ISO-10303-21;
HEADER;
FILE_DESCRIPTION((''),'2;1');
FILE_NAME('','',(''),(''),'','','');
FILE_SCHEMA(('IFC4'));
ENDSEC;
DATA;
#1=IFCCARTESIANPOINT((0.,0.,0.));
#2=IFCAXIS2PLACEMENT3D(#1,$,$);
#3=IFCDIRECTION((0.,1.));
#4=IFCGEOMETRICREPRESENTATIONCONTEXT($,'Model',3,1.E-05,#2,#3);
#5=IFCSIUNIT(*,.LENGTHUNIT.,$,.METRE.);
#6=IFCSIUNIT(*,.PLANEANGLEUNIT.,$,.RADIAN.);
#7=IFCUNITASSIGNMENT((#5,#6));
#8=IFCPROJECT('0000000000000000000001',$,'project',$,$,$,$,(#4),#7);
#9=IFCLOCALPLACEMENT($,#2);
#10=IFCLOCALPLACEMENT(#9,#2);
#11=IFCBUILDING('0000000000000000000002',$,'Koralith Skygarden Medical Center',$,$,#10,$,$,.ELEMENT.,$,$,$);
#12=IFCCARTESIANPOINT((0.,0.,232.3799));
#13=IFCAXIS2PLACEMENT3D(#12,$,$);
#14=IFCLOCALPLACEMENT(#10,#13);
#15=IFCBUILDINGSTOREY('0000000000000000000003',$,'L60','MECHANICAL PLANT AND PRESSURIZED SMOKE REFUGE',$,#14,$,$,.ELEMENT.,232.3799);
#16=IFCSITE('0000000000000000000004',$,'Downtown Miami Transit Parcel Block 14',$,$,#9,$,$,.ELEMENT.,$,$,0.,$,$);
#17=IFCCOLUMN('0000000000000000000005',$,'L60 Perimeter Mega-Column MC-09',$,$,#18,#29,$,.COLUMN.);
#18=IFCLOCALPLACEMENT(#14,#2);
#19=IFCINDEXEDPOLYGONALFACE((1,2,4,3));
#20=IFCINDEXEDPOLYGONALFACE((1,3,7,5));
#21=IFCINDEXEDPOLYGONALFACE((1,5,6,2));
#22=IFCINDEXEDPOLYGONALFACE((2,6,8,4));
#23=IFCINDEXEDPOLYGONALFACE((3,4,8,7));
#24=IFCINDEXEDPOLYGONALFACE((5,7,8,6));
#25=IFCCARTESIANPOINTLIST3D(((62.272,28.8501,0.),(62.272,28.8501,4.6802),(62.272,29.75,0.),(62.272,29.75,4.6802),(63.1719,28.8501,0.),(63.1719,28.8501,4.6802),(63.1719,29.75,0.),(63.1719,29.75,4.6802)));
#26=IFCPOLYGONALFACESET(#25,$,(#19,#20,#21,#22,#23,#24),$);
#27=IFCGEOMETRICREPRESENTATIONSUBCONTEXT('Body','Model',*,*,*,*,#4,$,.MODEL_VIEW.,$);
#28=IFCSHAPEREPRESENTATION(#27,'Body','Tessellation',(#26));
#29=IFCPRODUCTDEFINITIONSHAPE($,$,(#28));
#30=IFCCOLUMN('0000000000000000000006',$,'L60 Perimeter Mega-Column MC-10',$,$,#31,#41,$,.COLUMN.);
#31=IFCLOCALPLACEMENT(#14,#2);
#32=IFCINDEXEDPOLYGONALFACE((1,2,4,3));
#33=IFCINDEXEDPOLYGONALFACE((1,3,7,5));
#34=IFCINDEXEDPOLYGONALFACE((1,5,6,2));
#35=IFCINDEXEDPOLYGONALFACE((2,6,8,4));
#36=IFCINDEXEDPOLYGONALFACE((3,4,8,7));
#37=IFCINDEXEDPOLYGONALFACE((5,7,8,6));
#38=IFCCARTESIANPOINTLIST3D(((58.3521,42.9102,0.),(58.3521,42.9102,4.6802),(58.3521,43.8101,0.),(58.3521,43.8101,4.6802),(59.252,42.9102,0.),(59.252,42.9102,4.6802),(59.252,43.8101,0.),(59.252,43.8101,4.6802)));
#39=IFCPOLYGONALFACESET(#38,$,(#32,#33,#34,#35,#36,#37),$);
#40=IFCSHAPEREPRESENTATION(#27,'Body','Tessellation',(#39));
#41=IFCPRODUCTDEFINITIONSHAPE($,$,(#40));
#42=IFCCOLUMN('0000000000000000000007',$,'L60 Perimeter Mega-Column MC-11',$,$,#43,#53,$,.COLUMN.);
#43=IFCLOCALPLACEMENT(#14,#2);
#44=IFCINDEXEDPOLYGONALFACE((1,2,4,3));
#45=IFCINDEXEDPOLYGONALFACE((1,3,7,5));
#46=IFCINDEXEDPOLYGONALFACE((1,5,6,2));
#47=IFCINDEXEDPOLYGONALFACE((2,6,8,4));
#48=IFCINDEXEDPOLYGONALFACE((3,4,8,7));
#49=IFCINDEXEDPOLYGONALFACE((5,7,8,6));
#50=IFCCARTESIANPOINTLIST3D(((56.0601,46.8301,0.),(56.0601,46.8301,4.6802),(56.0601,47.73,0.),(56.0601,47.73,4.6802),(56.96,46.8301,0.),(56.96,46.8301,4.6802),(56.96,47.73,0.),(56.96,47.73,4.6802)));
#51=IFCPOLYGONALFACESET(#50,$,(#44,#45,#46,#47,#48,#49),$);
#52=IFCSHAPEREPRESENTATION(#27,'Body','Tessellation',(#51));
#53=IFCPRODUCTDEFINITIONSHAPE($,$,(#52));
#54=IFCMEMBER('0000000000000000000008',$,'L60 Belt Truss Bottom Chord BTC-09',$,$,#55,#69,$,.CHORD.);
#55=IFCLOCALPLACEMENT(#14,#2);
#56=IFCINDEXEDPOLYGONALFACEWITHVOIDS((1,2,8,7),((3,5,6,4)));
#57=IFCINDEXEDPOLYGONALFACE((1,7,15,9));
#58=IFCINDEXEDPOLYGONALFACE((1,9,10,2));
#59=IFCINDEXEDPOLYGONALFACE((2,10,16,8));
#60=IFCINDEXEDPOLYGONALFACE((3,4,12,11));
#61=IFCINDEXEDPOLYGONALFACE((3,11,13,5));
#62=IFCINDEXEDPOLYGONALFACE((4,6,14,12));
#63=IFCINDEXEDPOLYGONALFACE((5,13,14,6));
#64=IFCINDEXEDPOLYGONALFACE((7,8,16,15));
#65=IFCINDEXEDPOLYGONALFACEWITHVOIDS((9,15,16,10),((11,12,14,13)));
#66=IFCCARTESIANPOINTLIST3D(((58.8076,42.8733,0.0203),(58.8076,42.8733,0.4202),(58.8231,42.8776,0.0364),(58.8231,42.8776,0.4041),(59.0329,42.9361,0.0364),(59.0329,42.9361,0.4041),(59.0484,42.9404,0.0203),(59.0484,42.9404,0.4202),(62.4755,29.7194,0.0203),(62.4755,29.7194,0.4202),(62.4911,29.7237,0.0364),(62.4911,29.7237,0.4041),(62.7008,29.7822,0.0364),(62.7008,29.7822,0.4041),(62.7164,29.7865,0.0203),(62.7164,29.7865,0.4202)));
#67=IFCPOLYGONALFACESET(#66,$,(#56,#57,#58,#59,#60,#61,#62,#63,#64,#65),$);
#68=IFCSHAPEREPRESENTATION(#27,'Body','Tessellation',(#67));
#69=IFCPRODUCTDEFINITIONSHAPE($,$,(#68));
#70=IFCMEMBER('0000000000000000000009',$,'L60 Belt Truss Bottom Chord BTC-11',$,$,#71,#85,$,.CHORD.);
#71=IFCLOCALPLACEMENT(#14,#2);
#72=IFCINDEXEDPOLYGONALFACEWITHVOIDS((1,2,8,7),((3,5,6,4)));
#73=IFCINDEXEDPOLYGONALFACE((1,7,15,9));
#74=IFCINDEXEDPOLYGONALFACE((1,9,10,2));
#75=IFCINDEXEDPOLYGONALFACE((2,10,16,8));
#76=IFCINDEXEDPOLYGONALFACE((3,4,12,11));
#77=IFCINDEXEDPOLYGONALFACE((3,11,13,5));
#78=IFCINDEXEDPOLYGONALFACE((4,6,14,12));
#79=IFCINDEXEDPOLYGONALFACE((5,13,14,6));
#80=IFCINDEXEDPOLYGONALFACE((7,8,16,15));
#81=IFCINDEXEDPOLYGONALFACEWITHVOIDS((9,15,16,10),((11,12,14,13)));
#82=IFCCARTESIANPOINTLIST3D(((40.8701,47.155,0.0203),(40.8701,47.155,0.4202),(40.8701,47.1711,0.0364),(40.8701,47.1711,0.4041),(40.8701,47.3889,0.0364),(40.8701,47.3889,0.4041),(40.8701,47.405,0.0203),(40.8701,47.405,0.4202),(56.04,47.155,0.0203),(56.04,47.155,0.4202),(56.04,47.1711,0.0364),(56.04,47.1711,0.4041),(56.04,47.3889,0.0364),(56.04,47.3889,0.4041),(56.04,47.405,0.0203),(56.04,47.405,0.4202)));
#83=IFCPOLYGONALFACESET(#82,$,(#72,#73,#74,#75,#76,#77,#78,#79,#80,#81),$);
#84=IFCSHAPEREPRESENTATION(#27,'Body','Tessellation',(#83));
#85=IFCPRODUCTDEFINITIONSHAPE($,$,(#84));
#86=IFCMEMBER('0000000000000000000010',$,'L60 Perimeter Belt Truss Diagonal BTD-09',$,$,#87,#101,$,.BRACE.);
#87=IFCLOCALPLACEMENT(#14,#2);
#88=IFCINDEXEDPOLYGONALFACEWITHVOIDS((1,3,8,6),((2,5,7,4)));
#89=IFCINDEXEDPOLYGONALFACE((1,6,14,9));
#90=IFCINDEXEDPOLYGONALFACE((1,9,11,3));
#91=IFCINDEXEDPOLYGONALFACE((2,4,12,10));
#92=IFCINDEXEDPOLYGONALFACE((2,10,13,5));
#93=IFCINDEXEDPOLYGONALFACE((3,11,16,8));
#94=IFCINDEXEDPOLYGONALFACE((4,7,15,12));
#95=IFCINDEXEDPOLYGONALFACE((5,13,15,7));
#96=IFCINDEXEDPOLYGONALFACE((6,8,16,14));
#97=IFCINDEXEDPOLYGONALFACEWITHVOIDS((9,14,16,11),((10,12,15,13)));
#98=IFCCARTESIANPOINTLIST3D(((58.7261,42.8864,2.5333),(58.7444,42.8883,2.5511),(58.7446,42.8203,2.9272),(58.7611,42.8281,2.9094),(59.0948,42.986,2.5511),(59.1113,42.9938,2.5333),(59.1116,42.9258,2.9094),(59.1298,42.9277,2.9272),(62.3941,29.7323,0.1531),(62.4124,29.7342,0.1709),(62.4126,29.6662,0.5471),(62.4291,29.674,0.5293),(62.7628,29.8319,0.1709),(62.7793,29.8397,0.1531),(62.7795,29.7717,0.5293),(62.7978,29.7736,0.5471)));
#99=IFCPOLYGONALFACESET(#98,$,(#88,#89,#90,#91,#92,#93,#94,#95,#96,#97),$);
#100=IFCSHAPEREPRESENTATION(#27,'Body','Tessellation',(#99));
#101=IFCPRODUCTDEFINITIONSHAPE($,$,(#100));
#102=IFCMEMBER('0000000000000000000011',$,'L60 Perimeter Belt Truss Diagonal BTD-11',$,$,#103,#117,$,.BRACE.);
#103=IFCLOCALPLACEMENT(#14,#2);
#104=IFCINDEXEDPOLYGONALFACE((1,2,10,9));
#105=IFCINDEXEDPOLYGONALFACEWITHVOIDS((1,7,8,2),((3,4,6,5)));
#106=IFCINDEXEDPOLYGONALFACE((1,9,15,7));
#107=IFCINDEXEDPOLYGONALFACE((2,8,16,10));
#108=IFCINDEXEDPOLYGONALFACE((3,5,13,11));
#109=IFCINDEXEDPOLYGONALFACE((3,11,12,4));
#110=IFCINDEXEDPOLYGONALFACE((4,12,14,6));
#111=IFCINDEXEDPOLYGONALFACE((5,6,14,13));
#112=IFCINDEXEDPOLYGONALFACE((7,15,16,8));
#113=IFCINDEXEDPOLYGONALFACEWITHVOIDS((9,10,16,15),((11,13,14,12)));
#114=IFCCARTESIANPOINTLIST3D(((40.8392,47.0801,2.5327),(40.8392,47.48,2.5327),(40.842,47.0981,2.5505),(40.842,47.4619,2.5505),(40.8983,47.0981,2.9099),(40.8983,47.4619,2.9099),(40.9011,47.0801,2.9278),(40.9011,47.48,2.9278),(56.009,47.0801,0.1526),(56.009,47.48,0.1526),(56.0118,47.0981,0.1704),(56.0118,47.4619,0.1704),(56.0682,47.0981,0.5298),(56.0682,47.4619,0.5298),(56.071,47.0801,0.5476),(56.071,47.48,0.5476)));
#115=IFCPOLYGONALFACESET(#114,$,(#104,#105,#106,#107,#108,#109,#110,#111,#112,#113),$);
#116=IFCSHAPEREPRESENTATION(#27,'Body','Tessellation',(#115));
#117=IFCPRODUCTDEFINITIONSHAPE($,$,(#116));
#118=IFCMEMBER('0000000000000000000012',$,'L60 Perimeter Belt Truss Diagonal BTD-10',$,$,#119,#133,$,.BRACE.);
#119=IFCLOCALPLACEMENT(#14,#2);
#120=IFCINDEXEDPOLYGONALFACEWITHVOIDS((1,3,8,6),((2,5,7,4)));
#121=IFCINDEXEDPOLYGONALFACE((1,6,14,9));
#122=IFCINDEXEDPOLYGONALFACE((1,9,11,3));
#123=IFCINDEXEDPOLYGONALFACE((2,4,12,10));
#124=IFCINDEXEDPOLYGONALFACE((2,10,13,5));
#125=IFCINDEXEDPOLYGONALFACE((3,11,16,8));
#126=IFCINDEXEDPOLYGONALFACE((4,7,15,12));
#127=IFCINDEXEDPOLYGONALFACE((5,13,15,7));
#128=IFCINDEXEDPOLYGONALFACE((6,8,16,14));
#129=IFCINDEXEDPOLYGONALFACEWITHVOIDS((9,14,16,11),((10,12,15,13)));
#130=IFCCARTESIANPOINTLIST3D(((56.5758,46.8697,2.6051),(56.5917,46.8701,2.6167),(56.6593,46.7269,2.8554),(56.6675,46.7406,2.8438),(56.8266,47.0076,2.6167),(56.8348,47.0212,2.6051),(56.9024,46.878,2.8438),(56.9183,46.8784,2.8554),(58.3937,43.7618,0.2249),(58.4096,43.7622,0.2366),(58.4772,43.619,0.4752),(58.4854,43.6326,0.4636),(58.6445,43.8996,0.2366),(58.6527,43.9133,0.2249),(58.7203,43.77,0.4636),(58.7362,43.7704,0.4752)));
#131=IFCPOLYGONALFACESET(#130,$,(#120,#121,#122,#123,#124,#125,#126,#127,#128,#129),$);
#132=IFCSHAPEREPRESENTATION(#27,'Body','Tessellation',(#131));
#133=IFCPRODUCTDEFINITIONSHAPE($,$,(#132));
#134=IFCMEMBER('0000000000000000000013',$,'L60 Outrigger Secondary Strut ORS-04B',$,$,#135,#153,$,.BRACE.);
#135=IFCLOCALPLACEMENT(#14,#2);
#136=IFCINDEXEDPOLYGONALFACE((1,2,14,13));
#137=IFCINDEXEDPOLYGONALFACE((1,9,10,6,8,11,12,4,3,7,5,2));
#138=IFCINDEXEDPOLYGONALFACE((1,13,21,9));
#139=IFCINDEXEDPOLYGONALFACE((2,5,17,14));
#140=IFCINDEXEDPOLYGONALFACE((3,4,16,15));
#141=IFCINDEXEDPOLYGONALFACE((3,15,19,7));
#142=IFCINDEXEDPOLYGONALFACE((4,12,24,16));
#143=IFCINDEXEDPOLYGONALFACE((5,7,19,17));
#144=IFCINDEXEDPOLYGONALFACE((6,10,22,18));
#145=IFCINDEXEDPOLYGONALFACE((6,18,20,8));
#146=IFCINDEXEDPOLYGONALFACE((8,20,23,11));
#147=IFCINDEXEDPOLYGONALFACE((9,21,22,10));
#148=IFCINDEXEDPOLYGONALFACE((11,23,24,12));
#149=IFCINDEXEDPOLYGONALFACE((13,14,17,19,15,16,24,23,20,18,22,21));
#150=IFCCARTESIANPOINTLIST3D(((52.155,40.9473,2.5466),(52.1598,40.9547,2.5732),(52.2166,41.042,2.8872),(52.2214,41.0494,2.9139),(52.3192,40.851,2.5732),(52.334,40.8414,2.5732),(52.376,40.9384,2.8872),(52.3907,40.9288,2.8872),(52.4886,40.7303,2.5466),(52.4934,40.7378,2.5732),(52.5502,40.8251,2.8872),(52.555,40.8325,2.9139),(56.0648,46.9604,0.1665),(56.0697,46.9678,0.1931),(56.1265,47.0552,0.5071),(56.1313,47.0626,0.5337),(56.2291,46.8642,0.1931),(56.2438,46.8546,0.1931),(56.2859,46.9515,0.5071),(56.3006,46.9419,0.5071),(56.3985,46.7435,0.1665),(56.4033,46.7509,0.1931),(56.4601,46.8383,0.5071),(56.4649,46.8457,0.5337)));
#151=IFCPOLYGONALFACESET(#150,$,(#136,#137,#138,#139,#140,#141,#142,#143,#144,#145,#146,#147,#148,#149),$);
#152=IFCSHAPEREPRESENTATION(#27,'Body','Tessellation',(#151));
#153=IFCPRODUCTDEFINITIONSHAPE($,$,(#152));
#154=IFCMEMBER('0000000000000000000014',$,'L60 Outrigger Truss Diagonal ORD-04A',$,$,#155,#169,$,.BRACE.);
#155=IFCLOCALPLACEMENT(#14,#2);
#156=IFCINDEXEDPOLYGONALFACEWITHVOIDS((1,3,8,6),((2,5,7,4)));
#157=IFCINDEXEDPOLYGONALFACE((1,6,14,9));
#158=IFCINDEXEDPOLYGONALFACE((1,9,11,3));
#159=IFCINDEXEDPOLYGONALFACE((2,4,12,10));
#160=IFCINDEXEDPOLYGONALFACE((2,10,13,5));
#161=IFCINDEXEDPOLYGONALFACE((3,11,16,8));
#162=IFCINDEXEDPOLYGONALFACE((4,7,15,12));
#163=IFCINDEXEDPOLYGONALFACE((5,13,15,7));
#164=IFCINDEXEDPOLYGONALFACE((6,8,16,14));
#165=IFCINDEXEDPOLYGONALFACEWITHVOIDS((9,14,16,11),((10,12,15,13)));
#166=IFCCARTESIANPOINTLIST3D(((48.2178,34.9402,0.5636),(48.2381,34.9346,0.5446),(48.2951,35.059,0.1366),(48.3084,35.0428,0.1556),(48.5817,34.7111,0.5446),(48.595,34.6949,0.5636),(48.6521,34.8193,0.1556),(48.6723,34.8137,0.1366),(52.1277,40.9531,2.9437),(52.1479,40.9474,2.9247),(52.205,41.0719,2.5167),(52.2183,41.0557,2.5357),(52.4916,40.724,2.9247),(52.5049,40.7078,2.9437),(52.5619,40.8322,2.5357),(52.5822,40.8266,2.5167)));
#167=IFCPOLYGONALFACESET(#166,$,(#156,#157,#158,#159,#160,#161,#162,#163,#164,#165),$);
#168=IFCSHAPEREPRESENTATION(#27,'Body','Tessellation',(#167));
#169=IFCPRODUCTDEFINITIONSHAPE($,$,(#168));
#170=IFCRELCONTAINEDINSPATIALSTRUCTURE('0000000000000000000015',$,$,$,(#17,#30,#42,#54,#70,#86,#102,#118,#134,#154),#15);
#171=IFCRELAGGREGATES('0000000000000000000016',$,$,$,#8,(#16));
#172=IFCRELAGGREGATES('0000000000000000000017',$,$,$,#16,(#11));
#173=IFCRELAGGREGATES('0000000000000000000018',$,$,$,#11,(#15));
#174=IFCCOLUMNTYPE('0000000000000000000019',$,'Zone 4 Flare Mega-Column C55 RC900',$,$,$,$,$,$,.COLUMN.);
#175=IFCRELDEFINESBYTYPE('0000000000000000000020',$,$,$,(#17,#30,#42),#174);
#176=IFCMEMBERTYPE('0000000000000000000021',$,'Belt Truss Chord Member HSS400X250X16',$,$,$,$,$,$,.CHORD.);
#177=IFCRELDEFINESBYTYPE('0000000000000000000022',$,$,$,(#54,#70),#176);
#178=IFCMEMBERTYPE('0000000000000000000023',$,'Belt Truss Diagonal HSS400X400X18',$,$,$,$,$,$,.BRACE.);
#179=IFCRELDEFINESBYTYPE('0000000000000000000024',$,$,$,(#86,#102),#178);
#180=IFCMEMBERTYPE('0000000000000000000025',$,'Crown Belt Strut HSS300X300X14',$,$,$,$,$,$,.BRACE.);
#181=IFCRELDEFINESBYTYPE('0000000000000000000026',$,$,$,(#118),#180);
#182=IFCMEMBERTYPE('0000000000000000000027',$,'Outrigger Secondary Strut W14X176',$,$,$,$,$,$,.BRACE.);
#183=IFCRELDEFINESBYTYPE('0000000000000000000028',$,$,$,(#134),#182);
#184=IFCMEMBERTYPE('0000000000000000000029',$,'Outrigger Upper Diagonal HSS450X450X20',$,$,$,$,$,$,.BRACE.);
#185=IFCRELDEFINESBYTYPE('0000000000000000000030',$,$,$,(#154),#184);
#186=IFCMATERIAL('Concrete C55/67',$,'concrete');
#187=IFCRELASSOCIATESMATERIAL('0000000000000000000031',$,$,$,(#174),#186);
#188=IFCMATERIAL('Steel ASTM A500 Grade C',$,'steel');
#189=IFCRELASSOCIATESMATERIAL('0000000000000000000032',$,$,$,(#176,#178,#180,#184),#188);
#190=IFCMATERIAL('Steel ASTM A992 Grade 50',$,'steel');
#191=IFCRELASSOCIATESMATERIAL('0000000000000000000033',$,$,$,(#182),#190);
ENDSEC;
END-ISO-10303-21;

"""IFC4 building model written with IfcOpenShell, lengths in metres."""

from ifc_helpers import new_model, si_unit, direction, frame, origin, origin_2d, place, context, subcontext, project, spatial, rectangle, hollow_rectangle, i_section, extrude, material, material_profile, profile_set, type_object, element, save


model = new_model("IFC4")

# Units and contexts
model_context = context("Model", 3, precision=1e-05, world=origin(), true_north=direction((0.0, 1.0)))
body_context = subcontext(model_context, "Body", "Model", "MODEL_VIEW")
ifc_project = project(units=[si_unit("LENGTHUNIT", "METRE"), si_unit("PLANEANGLEUNIT", "RADIAN")], contexts=[model_context])

# Site, building, storey
site_placement = place(None, origin())
site = spatial("IfcSite", under=ifc_project, at=site_placement, Name="Downtown Miami Transit Parcel Block 14", CompositionType="ELEMENT", RefElevation=0.0)
building_placement = place(site_placement, origin())
building = spatial("IfcBuilding", under=site, at=building_placement, Name="Koralith Skygarden Medical Center", CompositionType="ELEMENT")
storey_placement = place(building_placement, frame((0.0, 0.0, 232.3799)))
storey = spatial("IfcBuildingStorey", under=building, at=storey_placement, Name="L60", Description="MECHANICAL PLANT AND PRESSURIZED SMOKE REFUGE", CompositionType="ELEMENT", Elevation=232.3799)

# Columns
ifc_material_1 = material(Name="Concrete C55/67", Category="concrete")
ifc_material_profile_1 = material_profile(ifc_material_1, rectangle(XDim=0.8999, YDim=0.8999, at=origin_2d()), Name="RC900X900")
ifc_profile_set_1 = profile_set([ifc_material_profile_1], Name="Concrete C55/67")
column_type = type_object("IfcColumnType", Name="Zone 4 Flare Mega-Column C55 RC900", PredefinedType="COLUMN", material=ifc_profile_set_1)
for number, where, z_axis, x_axis, name in (
    (1, (62.7219, 29.3, 0.0), (0.0, 0.0, 1.0), (1.0, 0.0, 0.0), "L60 Perimeter Mega-Column MC-09"),
    (2, (58.802, 43.3601, 0.0), (0.0, 0.0, 1.0), (1.0, 0.0, 0.0), "L60 Perimeter Mega-Column MC-10"),
    (3, (56.51, 47.28, 0.0), (0.0, 0.0, 1.0), (1.0, 0.0, 0.0), "L60 Perimeter Mega-Column MC-11"),
):
    element("IfcColumn", number, at=place(storey_placement, frame(where, z_axis=z_axis, x_axis=x_axis)), inside=storey, type_object=column_type, Name=name, PredefinedType="COLUMN", context=body_context, shape_type="SweptSolid", body=[
        extrude(rectangle(XDim=0.8999, YDim=0.8999, at=origin_2d()), origin(), (0.0, 0.0, 1.0), 4.6802),
    ])

# Members
ifc_material_2 = material(Name="Steel ASTM A500 Grade C", Category="steel")
ifc_material_profile_2 = material_profile(ifc_material_2, hollow_rectangle(XDim=0.25, YDim=0.3999, WallThickness=0.0161, at=origin_2d()), Name="HSS400X250X16")
ifc_profile_set_2 = profile_set([ifc_material_profile_2], Name="Steel ASTM A500 Grade C")
member_type_1 = type_object("IfcMemberType", Name="Belt Truss Chord Member HSS400X250X16", PredefinedType="CHORD", material=ifc_profile_set_2)
member_1_placement = place(storey_placement, frame((62.5959, 29.7529, 0.2202), z_axis=(-0.2686, 0.963252, 0.0), x_axis=(-0.963252, -0.2686, 0.0)))
element("IfcMember", 4, at=member_1_placement, inside=storey, type_object=member_type_1, Name="L60 Belt Truss Bottom Chord BTC-09", PredefinedType="CHORD", context=body_context, shape_type="SweptSolid", body=[
    extrude(hollow_rectangle(XDim=0.25, YDim=0.3999, WallThickness=0.0161, at=origin_2d()), origin(), (0.0, 0.0, 1.0), 13.6558),
])
member_2_placement = place(storey_placement, frame((56.04, 47.28, 0.2202), z_axis=(-1.0, 0.0, 0.0), x_axis=(0.0, -1.0, 0.0)))
element("IfcMember", 5, at=member_2_placement, inside=storey, type_object=member_type_1, Name="L60 Belt Truss Bottom Chord BTC-11", PredefinedType="CHORD", context=body_context, shape_type="SweptSolid", body=[
    extrude(hollow_rectangle(XDim=0.25, YDim=0.3999, WallThickness=0.0161, at=origin_2d()), origin(), (0.0, 0.0, 1.0), 15.1699),
])
ifc_material_profile_3 = material_profile(ifc_material_2, hollow_rectangle(XDim=0.3999, YDim=0.3999, WallThickness=0.0181, at=origin_2d()), Name="HSS400X400X18")
ifc_profile_set_3 = profile_set([ifc_material_profile_3], Name="Steel ASTM A500 Grade C")
member_type_2 = type_object("IfcMemberType", Name="Belt Truss Diagonal HSS400X400X18", PredefinedType="BRACE", material=ifc_profile_set_3)
member_3_placement = place(storey_placement, frame((62.5959, 29.7529, 0.3501), z_axis=(-0.264611, 0.948946, 0.171705), x_axis=(-0.963252, -0.2686, 0.0)))
element("IfcMember", 6, at=member_3_placement, inside=storey, type_object=member_type_2, Name="L60 Perimeter Belt Truss Diagonal BTD-09", PredefinedType="BRACE", context=body_context, shape_type="SweptSolid", body=[
    extrude(hollow_rectangle(XDim=0.3999, YDim=0.3999, WallThickness=0.0181, at=origin_2d()), origin(), (0.0, 0.0, 1.0), 13.8618),
])
member_4_placement = place(storey_placement, frame((56.04, 47.28, 0.3501), z_axis=(-0.987914, 0.0, 0.155002), x_axis=(0.0, -1.0, 0.0)))
element("IfcMember", 7, at=member_4_placement, inside=storey, type_object=member_type_2, Name="L60 Perimeter Belt Truss Diagonal BTD-11", PredefinedType="BRACE", context=body_context, shape_type="SweptSolid", body=[
    extrude(hollow_rectangle(XDim=0.3999, YDim=0.3999, WallThickness=0.0181, at=origin_2d()), origin(), (0.0, 0.0, 1.0), 15.3555),
])
ifc_material_profile_4 = material_profile(ifc_material_2, hollow_rectangle(XDim=0.3, YDim=0.3, WallThickness=0.0139, at=origin_2d()), Name="HSS300X300X14")
ifc_profile_set_4 = profile_set([ifc_material_profile_4], Name="Steel ASTM A500 Grade C")
member_type_3 = type_object("IfcMemberType", Name="Crown Belt Strut HSS300X300X14", PredefinedType="BRACE", material=ifc_profile_set_4)
member_5_placement = place(storey_placement, frame((58.5649, 43.7661, 0.3501), z_axis=(-0.421183, 0.720073, 0.551452), x_axis=(-0.863183, -0.504891, 0.0)))
element("IfcMember", 8, at=member_5_placement, inside=storey, type_object=member_type_3, Name="L60 Perimeter Belt Truss Diagonal BTD-10", PredefinedType="BRACE", context=body_context, shape_type="SweptSolid", body=[
    extrude(hollow_rectangle(XDim=0.3, YDim=0.3, WallThickness=0.0139, at=origin_2d()), origin(), (0.0, 0.0, 1.0), 4.3162),
])
ifc_material_3 = material(Name="Steel ASTM A992 Grade 50", Category="steel")
ifc_material_profile_5 = material_profile(ifc_material_3, i_section(OverallWidth=0.3979, OverallDepth=0.387, WebThickness=0.0176, FlangeThickness=0.0281, at=origin_2d()), Name="W14X176")
ifc_profile_set_5 = profile_set([ifc_material_profile_5], Name="Steel ASTM A992 Grade 50")
member_type_4 = type_object("IfcMemberType", Name="Outrigger Secondary Strut W14X176", PredefinedType="BRACE", material=ifc_profile_set_5)
member_6_placement = place(storey_placement, frame((52.355, 40.8899, 2.7302), z_axis=(0.517378, 0.795693, -0.31495), x_axis=(-0.838358, 0.54512, 0.0)))
element("IfcMember", 9, at=member_6_placement, inside=storey, type_object=member_type_4, Name="L60 Outrigger Secondary Strut ORS-04B", PredefinedType="BRACE", context=body_context, shape_type="SweptSolid", body=[
    extrude(i_section(OverallWidth=0.3979, OverallDepth=0.387, WebThickness=0.0176, FlangeThickness=0.0281, at=origin_2d()), origin(), (0.0, 0.0, 1.0), 7.5571),
])
ifc_material_profile_6 = material_profile(ifc_material_2, hollow_rectangle(XDim=0.45, YDim=0.45, WallThickness=0.02, at=origin_2d()), Name="HSS450X450X20")
ifc_profile_set_6 = profile_set([ifc_material_profile_6], Name="Steel ASTM A500 Grade C")
member_type_5 = type_object("IfcMemberType", Name="Outrigger Upper Diagonal HSS450X450X20", PredefinedType="BRACE", material=ifc_profile_set_6)
member_7_placement = place(storey_placement, frame((48.4451, 34.877, 0.3501), z_axis=(0.517391, 0.795681, 0.314958), x_axis=(-0.838348, 0.545136, 0.0)))
element("IfcMember", 10, at=member_7_placement, inside=storey, type_object=member_type_5, Name="L60 Outrigger Truss Diagonal ORD-04A", PredefinedType="BRACE", context=body_context, shape_type="SweptSolid", body=[
    extrude(hollow_rectangle(XDim=0.45, YDim=0.45, WallThickness=0.02, at=origin_2d()), origin(), (0.0, 0.0, 1.0), 7.5569),
])

save(model, "model.ifc")
